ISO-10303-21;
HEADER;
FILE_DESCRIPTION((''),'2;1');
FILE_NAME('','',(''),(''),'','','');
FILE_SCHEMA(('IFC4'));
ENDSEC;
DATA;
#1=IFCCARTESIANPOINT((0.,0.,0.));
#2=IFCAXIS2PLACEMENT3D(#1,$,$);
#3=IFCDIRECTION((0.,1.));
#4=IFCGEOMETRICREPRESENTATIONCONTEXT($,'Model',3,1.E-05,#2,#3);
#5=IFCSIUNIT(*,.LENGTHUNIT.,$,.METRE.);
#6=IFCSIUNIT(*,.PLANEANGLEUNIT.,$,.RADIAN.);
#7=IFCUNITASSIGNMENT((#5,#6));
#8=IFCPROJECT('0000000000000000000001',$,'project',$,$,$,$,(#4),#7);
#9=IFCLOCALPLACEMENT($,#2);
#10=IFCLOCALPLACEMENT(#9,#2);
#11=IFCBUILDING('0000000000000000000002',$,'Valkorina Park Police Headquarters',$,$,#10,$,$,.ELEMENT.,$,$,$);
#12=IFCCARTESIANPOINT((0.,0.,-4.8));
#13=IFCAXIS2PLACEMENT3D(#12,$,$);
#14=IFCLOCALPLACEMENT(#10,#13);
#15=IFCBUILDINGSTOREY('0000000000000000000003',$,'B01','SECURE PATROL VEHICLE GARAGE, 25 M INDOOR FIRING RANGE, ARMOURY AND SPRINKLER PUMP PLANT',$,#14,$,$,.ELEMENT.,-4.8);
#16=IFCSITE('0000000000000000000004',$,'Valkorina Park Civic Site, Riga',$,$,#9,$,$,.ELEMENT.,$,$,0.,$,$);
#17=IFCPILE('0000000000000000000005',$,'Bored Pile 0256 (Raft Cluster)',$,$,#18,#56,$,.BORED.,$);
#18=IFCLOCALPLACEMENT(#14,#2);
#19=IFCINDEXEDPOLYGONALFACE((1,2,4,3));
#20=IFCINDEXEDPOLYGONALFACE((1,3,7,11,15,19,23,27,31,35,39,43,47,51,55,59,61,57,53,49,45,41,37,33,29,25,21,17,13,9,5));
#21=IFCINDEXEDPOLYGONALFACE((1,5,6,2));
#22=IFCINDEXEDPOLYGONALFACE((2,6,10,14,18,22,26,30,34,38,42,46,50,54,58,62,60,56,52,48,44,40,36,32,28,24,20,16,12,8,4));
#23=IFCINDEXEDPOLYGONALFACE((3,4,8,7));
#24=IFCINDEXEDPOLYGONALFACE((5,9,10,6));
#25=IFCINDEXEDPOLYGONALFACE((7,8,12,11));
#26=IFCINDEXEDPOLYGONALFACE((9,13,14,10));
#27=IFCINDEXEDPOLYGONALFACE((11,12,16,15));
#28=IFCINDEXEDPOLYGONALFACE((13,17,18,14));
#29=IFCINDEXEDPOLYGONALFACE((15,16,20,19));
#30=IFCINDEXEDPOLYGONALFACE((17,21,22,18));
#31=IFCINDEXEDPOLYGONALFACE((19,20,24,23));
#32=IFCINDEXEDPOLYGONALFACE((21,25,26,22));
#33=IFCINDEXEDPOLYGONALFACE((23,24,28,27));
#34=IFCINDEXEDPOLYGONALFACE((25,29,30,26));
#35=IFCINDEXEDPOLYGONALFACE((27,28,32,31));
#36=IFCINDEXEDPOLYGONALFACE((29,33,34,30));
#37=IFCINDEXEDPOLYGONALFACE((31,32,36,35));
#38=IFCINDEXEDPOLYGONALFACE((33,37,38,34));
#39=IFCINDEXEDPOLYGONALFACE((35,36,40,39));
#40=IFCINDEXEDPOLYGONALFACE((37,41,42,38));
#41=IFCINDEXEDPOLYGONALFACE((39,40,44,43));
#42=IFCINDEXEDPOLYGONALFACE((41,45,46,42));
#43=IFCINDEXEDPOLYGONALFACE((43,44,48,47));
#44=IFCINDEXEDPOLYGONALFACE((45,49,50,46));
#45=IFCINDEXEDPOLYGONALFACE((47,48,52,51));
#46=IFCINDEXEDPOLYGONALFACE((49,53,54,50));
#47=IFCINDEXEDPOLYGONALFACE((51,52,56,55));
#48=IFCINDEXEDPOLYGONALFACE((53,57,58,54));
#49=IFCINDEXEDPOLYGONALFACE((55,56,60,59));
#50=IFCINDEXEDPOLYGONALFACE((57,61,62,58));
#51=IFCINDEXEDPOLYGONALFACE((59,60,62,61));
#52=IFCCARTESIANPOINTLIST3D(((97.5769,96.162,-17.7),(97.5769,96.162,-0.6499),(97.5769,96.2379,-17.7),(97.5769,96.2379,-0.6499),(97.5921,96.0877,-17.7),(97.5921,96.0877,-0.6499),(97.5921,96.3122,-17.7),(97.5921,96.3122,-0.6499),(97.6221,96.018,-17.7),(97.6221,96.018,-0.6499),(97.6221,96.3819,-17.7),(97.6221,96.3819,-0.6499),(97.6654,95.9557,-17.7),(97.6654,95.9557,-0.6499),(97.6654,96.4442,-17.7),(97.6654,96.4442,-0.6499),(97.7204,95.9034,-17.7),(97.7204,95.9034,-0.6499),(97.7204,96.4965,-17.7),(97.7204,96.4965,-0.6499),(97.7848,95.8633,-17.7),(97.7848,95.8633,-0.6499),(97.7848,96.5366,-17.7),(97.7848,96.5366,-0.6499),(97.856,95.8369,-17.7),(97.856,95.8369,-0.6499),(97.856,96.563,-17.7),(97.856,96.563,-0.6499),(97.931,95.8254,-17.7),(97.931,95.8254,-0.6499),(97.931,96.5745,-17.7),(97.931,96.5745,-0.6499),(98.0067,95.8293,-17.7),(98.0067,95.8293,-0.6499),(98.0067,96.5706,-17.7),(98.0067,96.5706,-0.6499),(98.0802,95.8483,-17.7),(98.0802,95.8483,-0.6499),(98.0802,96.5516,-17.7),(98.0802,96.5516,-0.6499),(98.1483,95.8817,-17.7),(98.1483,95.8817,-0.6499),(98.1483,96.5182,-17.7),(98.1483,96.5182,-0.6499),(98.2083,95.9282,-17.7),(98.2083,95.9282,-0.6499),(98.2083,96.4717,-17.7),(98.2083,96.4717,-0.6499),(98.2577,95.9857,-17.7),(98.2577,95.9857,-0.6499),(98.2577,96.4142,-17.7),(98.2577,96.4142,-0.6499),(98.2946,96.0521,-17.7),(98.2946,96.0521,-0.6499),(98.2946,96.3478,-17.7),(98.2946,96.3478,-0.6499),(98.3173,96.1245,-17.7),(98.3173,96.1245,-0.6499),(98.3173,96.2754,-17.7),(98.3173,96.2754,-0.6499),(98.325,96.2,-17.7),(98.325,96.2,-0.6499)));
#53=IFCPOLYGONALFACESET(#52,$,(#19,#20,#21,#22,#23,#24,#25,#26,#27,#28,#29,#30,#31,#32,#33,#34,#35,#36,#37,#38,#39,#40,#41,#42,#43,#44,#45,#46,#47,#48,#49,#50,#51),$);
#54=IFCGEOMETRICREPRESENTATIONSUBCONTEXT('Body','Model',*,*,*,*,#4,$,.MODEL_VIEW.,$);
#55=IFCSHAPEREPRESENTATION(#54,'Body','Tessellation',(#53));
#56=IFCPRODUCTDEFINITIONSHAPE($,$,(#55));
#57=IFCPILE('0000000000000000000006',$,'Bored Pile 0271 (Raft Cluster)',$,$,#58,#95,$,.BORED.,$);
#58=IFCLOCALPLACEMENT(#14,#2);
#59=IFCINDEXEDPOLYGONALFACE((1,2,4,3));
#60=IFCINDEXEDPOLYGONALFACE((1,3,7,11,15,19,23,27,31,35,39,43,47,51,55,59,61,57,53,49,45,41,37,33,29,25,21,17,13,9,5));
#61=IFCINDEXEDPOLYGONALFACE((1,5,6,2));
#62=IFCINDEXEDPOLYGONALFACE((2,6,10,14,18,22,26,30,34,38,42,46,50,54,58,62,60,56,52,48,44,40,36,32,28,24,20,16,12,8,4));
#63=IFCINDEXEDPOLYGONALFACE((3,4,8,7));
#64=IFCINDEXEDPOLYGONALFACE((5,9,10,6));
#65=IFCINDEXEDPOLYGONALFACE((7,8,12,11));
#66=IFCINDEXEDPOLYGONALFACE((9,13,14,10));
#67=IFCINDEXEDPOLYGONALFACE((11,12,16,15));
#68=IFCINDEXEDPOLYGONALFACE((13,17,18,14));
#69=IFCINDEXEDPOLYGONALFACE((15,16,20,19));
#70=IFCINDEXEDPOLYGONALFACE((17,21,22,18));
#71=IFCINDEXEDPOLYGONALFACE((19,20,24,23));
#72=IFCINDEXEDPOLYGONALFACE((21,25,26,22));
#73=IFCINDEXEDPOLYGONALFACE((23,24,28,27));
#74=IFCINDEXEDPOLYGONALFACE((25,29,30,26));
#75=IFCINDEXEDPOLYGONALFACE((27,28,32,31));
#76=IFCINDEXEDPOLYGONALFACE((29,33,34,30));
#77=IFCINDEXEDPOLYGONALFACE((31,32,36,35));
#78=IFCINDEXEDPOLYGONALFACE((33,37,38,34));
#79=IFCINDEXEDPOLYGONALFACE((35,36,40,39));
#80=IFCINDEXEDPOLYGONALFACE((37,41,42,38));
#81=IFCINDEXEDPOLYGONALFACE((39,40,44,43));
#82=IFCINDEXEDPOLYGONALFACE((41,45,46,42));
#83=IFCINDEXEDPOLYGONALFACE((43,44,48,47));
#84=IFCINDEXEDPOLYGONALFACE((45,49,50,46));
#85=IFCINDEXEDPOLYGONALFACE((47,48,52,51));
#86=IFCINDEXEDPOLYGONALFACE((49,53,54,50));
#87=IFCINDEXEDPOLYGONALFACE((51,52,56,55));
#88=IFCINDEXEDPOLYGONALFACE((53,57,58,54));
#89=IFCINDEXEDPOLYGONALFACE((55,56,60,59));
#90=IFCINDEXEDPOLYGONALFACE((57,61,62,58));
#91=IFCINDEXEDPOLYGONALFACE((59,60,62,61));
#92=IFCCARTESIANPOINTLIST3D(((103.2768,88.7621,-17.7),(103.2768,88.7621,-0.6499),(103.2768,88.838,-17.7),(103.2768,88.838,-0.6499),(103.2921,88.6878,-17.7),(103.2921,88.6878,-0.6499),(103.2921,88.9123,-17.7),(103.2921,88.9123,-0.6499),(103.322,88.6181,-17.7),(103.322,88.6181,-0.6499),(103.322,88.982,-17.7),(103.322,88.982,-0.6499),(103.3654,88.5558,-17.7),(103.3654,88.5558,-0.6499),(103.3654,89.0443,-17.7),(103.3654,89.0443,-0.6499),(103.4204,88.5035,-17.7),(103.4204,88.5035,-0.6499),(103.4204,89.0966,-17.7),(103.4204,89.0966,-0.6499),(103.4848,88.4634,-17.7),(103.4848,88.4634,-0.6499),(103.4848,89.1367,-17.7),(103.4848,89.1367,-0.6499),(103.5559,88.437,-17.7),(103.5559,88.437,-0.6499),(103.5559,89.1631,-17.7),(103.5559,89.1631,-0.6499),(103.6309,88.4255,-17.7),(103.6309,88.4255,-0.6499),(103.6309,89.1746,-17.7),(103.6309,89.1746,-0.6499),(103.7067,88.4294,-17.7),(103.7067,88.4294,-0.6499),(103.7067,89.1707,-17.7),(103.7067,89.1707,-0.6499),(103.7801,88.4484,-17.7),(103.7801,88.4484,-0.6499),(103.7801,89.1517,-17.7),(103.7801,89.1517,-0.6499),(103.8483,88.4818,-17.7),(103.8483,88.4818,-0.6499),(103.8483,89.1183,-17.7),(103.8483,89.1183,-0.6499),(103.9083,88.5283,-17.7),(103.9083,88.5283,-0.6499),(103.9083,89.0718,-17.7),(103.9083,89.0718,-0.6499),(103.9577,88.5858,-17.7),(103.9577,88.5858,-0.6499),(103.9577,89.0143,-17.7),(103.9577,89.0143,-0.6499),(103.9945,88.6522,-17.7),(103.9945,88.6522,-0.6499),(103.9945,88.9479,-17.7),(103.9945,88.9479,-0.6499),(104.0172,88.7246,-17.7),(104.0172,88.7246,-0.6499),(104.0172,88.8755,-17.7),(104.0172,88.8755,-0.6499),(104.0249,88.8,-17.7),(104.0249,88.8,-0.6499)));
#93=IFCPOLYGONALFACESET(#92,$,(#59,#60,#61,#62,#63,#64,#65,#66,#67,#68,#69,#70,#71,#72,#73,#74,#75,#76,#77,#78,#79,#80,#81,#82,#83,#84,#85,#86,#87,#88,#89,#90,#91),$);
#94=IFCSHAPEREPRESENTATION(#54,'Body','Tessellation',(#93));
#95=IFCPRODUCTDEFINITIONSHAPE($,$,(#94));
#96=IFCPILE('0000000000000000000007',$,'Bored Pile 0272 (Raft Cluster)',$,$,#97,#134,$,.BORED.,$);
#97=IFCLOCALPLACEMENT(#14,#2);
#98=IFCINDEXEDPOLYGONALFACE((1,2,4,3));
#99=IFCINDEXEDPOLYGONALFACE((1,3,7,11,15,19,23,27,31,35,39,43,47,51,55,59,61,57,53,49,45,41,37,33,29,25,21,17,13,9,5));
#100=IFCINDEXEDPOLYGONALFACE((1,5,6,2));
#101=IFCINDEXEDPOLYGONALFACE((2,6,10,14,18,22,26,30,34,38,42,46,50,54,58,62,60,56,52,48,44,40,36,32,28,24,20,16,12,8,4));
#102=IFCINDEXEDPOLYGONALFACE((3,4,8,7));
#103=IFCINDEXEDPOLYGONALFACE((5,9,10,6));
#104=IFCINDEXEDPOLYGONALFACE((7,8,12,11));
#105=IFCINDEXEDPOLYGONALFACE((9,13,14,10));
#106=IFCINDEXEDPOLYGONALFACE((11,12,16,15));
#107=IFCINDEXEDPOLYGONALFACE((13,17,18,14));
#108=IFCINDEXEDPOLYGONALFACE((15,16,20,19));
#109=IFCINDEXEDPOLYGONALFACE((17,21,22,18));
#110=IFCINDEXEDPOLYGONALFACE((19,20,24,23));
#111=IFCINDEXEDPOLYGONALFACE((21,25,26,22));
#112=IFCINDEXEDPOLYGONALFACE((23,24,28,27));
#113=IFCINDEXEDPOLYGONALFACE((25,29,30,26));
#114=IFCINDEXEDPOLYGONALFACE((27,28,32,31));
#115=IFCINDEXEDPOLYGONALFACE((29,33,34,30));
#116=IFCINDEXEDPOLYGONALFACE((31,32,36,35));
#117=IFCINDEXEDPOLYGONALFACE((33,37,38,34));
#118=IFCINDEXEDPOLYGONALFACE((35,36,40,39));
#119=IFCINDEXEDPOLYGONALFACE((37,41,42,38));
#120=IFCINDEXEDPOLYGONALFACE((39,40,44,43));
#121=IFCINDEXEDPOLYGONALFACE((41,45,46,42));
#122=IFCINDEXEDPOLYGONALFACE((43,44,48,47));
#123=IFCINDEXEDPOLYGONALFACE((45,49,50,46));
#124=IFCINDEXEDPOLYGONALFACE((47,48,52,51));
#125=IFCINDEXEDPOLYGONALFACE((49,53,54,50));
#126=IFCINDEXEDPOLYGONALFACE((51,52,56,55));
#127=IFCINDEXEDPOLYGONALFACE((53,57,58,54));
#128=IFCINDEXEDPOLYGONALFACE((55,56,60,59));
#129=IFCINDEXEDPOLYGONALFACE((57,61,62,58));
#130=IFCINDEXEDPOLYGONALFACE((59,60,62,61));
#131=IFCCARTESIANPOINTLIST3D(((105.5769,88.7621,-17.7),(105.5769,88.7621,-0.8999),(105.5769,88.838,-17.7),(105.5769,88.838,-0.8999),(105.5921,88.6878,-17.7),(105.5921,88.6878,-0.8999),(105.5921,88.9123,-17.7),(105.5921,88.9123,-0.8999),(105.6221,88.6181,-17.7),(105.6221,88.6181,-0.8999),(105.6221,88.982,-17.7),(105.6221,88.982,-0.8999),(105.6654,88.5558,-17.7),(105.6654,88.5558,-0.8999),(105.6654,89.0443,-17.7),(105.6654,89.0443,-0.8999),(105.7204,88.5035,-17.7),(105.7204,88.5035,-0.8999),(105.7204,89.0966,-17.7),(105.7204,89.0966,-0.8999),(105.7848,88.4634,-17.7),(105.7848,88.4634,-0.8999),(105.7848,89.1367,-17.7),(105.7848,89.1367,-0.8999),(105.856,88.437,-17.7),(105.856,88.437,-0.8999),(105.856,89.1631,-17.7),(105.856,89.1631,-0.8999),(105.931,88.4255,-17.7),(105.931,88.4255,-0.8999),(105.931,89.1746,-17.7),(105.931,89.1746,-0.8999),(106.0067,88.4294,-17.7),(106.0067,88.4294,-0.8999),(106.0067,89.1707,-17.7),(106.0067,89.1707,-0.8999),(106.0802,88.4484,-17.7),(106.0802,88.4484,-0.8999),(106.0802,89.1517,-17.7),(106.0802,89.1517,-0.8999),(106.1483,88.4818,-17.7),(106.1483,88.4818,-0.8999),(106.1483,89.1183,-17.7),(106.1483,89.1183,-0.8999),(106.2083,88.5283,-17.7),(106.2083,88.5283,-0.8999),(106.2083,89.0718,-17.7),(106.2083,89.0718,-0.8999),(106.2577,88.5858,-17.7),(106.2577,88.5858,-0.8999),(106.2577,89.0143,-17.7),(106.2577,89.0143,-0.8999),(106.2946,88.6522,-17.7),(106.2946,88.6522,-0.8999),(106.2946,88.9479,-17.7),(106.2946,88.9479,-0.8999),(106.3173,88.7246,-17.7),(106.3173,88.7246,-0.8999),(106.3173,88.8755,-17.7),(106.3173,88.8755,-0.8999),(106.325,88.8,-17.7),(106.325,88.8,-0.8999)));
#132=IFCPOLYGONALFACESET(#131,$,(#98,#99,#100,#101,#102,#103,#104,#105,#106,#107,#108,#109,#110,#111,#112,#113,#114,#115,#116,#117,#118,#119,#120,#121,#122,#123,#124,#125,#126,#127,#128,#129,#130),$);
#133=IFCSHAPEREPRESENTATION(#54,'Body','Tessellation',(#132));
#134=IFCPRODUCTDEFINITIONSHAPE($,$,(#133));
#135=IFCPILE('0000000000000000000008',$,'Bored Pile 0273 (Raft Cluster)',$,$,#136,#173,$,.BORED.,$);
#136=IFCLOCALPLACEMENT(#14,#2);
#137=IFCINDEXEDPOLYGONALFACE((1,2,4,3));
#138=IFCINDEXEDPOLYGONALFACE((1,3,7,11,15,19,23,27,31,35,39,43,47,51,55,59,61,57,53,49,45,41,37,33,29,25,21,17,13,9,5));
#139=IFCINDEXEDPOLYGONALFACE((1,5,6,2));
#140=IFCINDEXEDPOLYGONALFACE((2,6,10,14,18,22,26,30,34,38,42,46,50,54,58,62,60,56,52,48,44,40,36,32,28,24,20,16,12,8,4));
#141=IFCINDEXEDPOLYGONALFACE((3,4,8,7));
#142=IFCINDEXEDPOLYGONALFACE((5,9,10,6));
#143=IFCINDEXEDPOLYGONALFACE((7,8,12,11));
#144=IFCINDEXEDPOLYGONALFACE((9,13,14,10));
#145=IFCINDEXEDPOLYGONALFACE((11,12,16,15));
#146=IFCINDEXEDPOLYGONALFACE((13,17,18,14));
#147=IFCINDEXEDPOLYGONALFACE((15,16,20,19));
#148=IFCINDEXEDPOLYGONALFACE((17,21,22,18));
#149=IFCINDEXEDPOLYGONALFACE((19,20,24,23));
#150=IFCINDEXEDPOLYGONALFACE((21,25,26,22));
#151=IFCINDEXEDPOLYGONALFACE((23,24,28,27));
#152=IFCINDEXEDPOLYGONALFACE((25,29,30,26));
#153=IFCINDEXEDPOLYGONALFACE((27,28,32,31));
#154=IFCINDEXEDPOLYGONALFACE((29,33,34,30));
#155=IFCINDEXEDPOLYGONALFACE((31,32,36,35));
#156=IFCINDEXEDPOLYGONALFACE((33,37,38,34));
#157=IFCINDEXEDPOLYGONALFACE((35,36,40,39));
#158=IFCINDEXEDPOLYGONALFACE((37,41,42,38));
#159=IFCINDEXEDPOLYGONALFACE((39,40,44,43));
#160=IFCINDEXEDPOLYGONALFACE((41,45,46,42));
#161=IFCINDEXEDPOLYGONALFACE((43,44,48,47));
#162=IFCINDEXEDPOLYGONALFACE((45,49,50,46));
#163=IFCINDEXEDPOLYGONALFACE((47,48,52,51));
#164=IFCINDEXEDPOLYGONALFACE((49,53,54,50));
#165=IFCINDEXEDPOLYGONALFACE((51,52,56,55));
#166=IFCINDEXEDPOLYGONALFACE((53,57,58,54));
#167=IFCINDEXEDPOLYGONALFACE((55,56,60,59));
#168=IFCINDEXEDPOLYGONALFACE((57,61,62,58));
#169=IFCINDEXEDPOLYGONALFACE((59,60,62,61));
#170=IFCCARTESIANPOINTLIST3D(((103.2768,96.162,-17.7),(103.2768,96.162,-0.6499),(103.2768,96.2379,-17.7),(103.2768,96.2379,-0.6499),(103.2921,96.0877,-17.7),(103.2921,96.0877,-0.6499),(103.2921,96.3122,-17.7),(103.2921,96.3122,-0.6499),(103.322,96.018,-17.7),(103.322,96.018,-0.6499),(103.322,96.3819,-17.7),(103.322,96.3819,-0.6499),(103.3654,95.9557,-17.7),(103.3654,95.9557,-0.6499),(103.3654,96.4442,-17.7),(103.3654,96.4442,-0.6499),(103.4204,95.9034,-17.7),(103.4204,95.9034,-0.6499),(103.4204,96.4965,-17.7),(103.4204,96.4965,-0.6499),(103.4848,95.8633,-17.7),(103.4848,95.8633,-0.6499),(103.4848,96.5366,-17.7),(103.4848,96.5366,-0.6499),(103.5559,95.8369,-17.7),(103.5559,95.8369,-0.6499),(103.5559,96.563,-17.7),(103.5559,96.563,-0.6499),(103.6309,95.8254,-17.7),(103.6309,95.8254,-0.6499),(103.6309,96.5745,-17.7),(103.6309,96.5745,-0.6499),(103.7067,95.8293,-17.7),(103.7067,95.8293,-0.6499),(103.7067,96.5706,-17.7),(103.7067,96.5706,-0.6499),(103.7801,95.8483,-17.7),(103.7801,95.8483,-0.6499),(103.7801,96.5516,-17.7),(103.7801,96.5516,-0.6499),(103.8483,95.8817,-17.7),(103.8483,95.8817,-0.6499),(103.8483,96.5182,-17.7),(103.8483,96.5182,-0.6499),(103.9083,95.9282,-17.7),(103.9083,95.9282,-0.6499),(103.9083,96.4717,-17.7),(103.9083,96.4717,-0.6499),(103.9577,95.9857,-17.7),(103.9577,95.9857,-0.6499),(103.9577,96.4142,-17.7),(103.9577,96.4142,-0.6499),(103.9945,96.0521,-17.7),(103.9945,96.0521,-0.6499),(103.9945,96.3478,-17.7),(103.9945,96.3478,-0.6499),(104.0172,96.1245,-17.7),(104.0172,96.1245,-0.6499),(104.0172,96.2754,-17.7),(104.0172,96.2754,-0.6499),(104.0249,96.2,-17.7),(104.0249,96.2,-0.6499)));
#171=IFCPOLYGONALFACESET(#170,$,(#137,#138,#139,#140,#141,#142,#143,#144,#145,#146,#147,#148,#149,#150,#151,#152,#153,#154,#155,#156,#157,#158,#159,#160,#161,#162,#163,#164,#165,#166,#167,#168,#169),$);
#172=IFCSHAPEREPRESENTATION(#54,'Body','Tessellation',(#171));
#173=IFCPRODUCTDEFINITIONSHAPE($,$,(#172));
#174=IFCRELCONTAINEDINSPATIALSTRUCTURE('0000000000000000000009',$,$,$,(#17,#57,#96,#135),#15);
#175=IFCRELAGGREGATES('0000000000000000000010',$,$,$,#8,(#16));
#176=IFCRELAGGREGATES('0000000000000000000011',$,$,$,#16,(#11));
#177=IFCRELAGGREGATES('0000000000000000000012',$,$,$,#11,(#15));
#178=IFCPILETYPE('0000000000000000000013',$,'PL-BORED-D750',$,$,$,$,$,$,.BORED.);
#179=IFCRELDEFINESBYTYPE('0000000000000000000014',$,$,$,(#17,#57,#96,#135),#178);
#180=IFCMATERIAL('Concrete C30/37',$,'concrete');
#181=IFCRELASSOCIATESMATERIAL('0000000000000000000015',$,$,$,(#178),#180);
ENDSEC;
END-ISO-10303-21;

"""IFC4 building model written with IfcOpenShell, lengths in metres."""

from ifc_helpers import new_model, si_unit, direction, frame, origin, origin_2d, place, context, subcontext, project, spatial, circle, extrude, material, material_profile, profile_set, type_object, element, save


model = new_model("IFC4")

# Units and contexts
model_context = context("Model", 3, precision=1e-05, world=origin(), true_north=direction((0.0, 1.0)))
body_context = subcontext(model_context, "Body", "Model", "MODEL_VIEW")
ifc_project = project(units=[si_unit("LENGTHUNIT", "METRE"), si_unit("PLANEANGLEUNIT", "RADIAN")], contexts=[model_context])

# Site, building, storey
site_placement = place(None, origin())
site = spatial("IfcSite", under=ifc_project, at=site_placement, Name="Valkorina Park Civic Site, Riga", CompositionType="ELEMENT", RefElevation=0.0)
building_placement = place(site_placement, origin())
building = spatial("IfcBuilding", under=site, at=building_placement, Name="Valkorina Park Police Headquarters", CompositionType="ELEMENT")
storey_placement = place(building_placement, frame((0.0, 0.0, -4.8)))
storey = spatial("IfcBuildingStorey", under=building, at=storey_placement, Name="B01", Description="SECURE PATROL VEHICLE GARAGE, 25 M INDOOR FIRING RANGE, ARMOURY AND SPRINKLER PUMP PLANT", CompositionType="ELEMENT", Elevation=-4.8)

# Piles
ifc_material_1 = material(Name="Concrete C30/37", Category="concrete")
ifc_material_profile_1 = material_profile(ifc_material_1, circle(Radius=0.375, at=origin_2d()), Name="BORED PILE D750")
ifc_profile_set_1 = profile_set([ifc_material_profile_1], Name="Concrete C30/37")
pile_type_1 = type_object("IfcPileType", Name="PL-BORED-D750", PredefinedType="BORED", material=ifc_profile_set_1)
for number, where, z_axis, x_axis, name in (
    (1, (97.95, 96.2, -0.6499), (0.0, 0.0, -1.0), (1.0, 0.0, 0.0), "Bored Pile 0256 (Raft Cluster)"),
    (2, (103.6499, 88.8, -0.6499), (0.0, 0.0, -1.0), (1.0, 0.0, 0.0), "Bored Pile 0271 (Raft Cluster)"),
):
    element("IfcPile", number, at=place(storey_placement, frame(where, z_axis=z_axis, x_axis=x_axis)), inside=storey, type_object=pile_type_1, Name=name, PredefinedType="BORED", context=body_context, shape_type="SweptSolid", body=[
        extrude(circle(Radius=0.375, at=origin_2d()), origin(), (0.0, 0.0, 1.0), 17.05),
    ])
pile_1_placement = place(storey_placement, frame((105.95, 88.8, -0.8999), z_axis=(0.0, 0.0, -1.0), x_axis=(1.0, 0.0, 0.0)))
element("IfcPile", 3, at=pile_1_placement, inside=storey, type_object=pile_type_1, Name="Bored Pile 0272 (Raft Cluster)", PredefinedType="BORED", context=body_context, shape_type="SweptSolid", body=[
    extrude(circle(Radius=0.375, at=origin_2d()), origin(), (0.0, 0.0, 1.0), 16.8),
])
pile_2_placement = place(storey_placement, frame((103.6499, 96.2, -0.6499), z_axis=(0.0, 0.0, -1.0), x_axis=(1.0, 0.0, 0.0)))
element("IfcPile", 4, at=pile_2_placement, inside=storey, type_object=pile_type_1, Name="Bored Pile 0273 (Raft Cluster)", PredefinedType="BORED", context=body_context, shape_type="SweptSolid", body=[
    extrude(circle(Radius=0.375, at=origin_2d()), origin(), (0.0, 0.0, 1.0), 17.05),
])

save(model, "model.ifc")
